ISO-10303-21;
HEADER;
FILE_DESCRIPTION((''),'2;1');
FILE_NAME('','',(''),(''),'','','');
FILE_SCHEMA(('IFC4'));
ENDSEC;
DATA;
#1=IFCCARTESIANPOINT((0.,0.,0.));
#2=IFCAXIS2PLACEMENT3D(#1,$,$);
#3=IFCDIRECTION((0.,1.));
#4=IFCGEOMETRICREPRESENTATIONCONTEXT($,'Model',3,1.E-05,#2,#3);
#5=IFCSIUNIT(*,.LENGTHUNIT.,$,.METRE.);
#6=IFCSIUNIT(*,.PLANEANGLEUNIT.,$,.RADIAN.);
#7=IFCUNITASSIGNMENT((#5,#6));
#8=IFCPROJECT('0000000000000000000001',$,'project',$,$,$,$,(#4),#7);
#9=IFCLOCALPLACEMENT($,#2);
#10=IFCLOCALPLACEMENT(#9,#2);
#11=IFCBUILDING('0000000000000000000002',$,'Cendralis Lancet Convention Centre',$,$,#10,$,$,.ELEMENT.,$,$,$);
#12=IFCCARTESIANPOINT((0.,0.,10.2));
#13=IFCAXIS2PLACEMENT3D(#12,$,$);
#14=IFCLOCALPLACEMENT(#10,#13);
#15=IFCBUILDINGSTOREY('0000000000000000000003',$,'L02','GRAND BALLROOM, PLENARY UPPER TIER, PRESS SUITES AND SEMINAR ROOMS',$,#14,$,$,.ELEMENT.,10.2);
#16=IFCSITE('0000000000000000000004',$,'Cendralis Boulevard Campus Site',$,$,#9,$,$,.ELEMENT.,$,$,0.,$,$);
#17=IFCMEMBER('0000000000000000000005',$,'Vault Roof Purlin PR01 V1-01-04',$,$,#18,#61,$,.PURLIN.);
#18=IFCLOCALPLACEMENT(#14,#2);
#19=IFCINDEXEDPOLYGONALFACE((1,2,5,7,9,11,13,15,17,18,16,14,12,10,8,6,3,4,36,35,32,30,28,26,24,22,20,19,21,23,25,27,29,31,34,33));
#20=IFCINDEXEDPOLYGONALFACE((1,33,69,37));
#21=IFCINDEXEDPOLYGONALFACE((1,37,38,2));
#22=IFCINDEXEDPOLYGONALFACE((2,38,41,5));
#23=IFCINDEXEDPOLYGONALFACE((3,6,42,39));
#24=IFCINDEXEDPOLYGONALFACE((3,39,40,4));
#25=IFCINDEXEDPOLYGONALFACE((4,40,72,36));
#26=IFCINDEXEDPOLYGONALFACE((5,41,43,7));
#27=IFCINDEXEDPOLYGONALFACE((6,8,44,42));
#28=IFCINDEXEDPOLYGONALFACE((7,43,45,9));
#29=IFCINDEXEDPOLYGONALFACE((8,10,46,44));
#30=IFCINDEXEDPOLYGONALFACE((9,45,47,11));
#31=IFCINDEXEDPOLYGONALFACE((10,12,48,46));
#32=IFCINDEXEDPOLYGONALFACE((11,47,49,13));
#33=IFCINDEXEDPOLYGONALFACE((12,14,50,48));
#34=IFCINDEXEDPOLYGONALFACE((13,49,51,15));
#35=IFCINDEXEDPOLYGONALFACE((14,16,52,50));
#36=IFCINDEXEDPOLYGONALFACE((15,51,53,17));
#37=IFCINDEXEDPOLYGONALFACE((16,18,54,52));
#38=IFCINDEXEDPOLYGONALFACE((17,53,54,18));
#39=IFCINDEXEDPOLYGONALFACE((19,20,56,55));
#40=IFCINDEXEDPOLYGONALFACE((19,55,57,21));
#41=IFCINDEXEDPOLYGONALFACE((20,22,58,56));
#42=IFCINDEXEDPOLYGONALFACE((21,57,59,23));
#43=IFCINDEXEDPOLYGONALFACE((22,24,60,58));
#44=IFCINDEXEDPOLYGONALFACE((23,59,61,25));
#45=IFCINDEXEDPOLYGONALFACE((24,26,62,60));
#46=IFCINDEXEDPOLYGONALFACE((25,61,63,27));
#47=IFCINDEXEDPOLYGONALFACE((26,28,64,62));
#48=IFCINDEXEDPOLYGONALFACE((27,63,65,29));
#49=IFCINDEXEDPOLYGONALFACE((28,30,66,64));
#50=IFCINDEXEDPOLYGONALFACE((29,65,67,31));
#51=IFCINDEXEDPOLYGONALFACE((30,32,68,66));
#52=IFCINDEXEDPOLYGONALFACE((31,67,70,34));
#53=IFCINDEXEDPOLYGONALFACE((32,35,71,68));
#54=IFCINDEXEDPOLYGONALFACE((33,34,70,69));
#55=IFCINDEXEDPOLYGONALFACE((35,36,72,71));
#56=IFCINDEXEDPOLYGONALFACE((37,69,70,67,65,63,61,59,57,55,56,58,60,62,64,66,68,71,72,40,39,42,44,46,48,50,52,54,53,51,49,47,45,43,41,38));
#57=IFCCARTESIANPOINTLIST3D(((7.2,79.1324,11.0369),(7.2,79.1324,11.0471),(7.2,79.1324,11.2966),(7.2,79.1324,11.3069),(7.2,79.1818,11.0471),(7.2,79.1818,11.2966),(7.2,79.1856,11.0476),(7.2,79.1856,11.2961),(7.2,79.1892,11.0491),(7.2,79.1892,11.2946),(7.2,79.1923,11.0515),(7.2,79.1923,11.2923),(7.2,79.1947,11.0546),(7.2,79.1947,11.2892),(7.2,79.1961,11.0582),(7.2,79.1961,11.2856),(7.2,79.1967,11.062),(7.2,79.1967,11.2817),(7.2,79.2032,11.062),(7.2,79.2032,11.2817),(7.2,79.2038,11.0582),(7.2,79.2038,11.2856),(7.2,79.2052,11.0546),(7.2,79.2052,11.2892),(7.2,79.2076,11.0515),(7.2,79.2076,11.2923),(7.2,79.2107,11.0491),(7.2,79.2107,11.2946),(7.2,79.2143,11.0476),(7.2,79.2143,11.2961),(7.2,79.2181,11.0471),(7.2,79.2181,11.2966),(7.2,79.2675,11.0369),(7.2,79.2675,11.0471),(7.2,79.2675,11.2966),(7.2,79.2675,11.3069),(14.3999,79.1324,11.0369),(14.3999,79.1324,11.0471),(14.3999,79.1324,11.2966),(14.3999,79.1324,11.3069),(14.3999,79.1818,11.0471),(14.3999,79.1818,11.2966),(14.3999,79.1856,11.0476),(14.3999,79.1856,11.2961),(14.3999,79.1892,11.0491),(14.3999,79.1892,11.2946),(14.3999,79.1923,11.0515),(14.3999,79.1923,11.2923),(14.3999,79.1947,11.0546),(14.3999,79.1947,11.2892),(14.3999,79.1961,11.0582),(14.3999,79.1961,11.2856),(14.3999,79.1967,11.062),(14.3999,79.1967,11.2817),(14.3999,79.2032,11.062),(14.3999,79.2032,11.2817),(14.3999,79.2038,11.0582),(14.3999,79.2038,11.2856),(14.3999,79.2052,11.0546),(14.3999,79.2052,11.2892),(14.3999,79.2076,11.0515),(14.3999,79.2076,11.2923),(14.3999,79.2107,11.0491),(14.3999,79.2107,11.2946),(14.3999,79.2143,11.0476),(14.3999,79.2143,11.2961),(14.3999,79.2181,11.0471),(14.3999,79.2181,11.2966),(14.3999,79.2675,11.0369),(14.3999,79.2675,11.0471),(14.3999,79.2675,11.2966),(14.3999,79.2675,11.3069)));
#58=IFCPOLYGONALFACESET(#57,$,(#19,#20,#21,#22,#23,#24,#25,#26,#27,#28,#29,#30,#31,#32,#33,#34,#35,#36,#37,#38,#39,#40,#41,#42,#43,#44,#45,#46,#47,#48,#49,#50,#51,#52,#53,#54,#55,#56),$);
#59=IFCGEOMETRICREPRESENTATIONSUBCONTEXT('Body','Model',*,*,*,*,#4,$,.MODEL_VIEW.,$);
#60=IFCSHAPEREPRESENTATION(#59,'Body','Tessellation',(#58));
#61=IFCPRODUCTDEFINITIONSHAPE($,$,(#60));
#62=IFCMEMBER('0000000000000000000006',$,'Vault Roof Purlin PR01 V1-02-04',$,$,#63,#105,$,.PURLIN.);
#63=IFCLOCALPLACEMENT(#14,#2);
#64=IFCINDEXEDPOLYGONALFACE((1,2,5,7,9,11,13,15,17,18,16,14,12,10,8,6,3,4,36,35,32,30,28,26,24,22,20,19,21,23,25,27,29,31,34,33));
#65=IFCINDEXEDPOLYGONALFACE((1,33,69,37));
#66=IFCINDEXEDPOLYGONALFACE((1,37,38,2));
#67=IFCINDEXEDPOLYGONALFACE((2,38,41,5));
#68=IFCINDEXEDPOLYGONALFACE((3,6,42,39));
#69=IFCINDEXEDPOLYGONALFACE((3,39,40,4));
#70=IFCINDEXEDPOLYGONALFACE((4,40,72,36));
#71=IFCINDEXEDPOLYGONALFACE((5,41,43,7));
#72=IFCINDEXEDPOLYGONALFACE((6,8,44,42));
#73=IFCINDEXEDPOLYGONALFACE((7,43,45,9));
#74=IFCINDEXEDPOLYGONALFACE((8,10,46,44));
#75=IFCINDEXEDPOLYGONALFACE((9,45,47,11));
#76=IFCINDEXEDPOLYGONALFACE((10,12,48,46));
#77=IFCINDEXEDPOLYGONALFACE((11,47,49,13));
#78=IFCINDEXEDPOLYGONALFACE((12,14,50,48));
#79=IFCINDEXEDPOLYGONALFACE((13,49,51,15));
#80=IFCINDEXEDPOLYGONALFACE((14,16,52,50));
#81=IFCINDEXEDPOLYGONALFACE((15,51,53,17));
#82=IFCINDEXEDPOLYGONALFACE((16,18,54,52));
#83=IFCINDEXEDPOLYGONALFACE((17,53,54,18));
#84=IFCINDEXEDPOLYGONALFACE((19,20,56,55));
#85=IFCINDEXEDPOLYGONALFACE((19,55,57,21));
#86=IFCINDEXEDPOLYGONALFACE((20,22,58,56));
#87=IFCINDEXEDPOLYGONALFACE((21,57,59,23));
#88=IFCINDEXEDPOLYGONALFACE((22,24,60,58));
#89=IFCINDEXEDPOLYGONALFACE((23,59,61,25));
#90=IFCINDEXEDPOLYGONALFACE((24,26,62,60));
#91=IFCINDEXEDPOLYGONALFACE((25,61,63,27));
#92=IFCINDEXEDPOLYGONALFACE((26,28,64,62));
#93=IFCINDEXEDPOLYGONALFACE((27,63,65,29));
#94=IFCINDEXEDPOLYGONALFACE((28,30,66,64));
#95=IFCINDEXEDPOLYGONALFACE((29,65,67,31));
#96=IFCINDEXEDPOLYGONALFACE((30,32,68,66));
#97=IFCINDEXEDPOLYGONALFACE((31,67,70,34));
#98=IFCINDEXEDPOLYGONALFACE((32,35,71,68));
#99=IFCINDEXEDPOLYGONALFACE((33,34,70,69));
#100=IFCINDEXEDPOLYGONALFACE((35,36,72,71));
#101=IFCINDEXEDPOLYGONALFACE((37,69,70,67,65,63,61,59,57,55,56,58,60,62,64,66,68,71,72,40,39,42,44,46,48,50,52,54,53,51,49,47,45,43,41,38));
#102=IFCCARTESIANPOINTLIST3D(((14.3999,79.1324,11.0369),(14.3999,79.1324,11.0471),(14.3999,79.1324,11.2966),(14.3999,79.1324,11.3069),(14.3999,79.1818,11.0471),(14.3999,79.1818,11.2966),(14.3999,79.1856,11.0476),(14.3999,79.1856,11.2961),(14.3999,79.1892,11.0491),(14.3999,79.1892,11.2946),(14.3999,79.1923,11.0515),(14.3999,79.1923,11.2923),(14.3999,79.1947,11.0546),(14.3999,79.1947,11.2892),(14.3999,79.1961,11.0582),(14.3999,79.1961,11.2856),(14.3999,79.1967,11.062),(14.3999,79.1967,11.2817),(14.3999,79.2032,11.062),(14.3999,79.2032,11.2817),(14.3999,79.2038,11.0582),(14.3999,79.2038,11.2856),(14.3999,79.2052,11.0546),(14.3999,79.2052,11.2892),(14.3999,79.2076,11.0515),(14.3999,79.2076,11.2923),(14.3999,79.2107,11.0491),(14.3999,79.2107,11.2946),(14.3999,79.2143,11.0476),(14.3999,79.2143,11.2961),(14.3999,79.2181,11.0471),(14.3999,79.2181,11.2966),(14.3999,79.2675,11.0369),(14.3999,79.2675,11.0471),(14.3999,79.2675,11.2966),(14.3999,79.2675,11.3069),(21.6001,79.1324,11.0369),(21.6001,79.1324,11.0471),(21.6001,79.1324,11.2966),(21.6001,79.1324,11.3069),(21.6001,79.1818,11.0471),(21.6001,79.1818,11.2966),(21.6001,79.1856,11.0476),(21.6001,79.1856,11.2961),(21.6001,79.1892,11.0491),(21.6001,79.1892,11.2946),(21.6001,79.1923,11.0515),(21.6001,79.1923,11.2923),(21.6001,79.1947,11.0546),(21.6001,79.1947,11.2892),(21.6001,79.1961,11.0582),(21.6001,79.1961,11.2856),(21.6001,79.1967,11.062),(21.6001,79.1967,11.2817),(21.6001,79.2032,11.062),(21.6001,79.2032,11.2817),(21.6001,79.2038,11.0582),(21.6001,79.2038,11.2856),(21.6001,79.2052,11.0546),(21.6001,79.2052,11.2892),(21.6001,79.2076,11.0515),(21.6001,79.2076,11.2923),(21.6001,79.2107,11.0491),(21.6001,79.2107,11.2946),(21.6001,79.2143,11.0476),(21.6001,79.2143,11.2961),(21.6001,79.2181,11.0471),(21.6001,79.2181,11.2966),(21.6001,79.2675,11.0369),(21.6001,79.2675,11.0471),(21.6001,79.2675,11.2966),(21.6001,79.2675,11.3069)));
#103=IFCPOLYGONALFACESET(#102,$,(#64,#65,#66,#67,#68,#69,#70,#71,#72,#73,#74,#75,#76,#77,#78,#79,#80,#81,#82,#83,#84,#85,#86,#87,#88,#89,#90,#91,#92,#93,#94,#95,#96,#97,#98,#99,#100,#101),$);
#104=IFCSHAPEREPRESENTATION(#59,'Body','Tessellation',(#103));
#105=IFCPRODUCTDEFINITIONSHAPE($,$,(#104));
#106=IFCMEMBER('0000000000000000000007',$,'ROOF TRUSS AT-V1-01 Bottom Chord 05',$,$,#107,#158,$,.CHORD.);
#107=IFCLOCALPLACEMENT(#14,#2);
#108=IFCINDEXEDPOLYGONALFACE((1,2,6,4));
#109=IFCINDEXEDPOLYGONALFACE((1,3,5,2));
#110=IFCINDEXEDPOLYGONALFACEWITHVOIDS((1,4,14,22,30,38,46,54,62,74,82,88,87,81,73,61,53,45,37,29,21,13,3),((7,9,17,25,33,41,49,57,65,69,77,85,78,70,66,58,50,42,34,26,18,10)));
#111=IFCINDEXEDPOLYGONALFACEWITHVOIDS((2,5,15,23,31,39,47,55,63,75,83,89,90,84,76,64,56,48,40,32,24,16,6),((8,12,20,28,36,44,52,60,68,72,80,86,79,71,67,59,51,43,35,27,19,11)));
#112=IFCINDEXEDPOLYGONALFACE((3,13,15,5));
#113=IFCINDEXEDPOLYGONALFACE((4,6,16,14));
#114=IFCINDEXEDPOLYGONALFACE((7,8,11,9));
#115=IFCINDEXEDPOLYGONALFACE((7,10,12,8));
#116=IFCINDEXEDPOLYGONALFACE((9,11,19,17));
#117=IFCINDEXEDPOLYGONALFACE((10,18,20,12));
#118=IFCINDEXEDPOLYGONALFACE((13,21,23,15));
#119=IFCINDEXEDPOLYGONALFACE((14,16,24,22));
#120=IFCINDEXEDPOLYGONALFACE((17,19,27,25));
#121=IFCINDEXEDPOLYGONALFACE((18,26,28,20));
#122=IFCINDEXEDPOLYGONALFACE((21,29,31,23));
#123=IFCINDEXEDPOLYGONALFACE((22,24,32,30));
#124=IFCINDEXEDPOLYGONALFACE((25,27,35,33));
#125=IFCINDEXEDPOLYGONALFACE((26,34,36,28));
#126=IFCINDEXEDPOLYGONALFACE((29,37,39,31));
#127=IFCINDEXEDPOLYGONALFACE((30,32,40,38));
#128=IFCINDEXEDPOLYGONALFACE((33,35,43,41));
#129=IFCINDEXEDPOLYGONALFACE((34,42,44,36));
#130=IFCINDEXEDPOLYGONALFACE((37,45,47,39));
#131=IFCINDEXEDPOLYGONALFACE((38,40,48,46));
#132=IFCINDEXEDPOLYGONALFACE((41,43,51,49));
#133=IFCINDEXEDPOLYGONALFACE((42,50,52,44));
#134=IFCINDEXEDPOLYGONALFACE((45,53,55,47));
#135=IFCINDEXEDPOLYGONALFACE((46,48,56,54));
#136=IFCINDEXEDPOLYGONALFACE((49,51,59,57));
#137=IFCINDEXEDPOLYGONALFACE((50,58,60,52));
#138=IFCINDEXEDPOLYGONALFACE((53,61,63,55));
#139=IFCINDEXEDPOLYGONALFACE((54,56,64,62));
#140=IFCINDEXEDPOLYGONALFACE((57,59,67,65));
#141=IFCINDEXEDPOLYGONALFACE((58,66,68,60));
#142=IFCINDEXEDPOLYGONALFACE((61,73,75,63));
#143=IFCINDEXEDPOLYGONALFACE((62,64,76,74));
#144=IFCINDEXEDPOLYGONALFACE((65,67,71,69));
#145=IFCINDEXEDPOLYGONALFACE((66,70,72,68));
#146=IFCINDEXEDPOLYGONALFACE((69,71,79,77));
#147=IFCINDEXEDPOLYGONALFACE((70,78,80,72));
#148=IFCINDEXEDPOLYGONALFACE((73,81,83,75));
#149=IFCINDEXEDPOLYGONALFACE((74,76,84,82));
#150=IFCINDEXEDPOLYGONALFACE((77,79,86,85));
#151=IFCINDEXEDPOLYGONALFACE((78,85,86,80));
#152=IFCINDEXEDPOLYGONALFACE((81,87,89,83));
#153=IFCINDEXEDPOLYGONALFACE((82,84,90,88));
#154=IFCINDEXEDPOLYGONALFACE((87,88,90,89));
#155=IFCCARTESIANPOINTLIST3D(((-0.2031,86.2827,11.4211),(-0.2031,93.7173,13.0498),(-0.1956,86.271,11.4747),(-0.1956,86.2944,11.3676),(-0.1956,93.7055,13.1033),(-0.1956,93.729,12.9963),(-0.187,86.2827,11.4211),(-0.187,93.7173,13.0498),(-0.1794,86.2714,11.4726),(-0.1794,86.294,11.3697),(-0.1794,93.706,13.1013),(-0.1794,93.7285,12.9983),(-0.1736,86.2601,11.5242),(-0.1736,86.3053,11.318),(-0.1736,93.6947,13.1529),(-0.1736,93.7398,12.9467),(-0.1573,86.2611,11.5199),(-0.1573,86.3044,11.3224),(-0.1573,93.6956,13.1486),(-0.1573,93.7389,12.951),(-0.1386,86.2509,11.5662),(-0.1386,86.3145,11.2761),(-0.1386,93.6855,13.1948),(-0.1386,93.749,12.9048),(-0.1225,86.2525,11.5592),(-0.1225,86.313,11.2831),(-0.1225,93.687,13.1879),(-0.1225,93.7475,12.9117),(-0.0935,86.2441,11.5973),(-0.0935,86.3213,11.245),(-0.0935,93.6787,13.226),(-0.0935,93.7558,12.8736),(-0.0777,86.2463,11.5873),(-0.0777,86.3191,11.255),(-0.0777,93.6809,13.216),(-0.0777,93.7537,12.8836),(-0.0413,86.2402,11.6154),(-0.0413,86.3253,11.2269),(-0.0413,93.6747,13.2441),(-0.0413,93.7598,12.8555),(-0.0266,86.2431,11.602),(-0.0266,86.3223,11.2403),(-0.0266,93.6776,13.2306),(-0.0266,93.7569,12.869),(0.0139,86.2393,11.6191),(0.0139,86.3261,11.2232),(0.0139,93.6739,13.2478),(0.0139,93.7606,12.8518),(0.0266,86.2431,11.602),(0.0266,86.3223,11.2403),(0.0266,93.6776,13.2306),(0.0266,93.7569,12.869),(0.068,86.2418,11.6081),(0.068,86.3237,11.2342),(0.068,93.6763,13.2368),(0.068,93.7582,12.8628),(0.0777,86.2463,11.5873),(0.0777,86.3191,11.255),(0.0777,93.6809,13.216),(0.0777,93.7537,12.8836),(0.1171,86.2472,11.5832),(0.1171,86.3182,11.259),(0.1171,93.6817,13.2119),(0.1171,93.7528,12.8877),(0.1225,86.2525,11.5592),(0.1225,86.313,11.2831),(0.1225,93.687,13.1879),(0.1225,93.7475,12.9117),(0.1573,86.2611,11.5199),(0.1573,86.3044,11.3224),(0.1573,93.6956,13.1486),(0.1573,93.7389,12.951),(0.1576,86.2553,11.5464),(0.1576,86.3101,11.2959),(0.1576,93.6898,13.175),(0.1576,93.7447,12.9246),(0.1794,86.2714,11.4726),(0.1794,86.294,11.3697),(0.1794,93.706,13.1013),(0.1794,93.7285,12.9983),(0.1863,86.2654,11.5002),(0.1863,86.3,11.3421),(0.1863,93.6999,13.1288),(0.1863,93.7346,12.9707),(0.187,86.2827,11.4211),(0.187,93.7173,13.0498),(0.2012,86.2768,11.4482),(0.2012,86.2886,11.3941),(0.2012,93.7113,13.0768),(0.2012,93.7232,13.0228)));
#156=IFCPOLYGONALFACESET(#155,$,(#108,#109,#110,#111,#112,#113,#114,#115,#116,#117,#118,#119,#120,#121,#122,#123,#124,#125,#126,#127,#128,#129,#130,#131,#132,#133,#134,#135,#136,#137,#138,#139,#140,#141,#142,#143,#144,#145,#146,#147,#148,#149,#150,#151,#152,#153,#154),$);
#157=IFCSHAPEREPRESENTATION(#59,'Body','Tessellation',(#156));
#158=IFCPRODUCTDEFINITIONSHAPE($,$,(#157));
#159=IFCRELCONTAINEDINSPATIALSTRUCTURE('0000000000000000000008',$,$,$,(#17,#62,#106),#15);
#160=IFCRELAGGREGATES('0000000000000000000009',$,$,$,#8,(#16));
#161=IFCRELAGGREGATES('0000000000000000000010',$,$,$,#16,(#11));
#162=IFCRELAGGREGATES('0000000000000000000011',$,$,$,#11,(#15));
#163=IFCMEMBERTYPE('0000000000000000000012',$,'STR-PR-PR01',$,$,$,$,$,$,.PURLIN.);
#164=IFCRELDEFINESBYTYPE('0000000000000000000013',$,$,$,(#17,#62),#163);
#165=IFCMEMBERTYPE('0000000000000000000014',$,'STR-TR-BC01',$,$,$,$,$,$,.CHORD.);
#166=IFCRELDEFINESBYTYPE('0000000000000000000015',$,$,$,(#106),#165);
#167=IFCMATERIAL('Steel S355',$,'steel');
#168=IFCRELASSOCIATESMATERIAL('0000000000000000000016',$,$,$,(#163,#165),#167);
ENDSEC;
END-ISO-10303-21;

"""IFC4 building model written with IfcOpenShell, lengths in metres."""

from ifc_helpers import new_model, si_unit, direction, frame, origin, origin_2d, place, context, subcontext, project, spatial, hollow_circle, i_section, extrude, material, material_profile, profile_set, type_object, element, save


model = new_model("IFC4")

# Units and contexts
model_context = context("Model", 3, precision=1e-05, world=origin(), true_north=direction((0.0, 1.0)))
body_context = subcontext(model_context, "Body", "Model", "MODEL_VIEW")
ifc_project = project(units=[si_unit("LENGTHUNIT", "METRE"), si_unit("PLANEANGLEUNIT", "RADIAN")], contexts=[model_context])

# Site, building, storey
site_placement = place(None, origin())
site = spatial("IfcSite", under=ifc_project, at=site_placement, Name="Cendralis Boulevard Campus Site", CompositionType="ELEMENT", RefElevation=0.0)
building_placement = place(site_placement, origin())
building = spatial("IfcBuilding", under=site, at=building_placement, Name="Cendralis Lancet Convention Centre", CompositionType="ELEMENT")
storey_placement = place(building_placement, frame((0.0, 0.0, 10.2)))
storey = spatial("IfcBuildingStorey", under=building, at=storey_placement, Name="L02", Description="GRAND BALLROOM, PLENARY UPPER TIER, PRESS SUITES AND SEMINAR ROOMS", CompositionType="ELEMENT", Elevation=10.2)

# Members
ifc_material = material(Name="Steel S355", Category="steel")
ifc_material_profile_1 = material_profile(ifc_material, i_section(OverallWidth=0.135, OverallDepth=0.27, WebThickness=0.0066, FlangeThickness=0.0103, FilletRadius=0.0149, at=origin_2d()), Name="IPE 270")
ifc_profile_set_1 = profile_set([ifc_material_profile_1], Name="Steel S355")
member_type_1 = type_object("IfcMemberType", Name="STR-PR-PR01", PredefinedType="PURLIN", material=ifc_profile_set_1)
for number, where, z_axis, x_axis, name in (
    (1, (7.2, 79.2, 11.1719), (1.0, 0.0, 0.0), (0.0, 1.0, 0.0), "Vault Roof Purlin PR01 V1-01-04"),
):
    element("IfcMember", number, at=place(storey_placement, frame(where, z_axis=z_axis, x_axis=x_axis)), inside=storey, type_object=member_type_1, Name=name, PredefinedType="PURLIN", context=body_context, shape_type="SweptSolid", body=[
        extrude(i_section(OverallWidth=0.135, OverallDepth=0.27, WebThickness=0.0066, FlangeThickness=0.0103, FilletRadius=0.0149, at=origin_2d()), origin(), (0.0, 0.0, 1.0), 7.2),
    ])
member_1_placement = place(storey_placement, frame((14.3999, 79.2, 11.1719), z_axis=(1.0, 0.0, 0.0), x_axis=(0.0, 1.0, 0.0)))
element("IfcMember", 2, at=member_1_placement, inside=storey, type_object=member_type_1, Name="Vault Roof Purlin PR01 V1-02-04", PredefinedType="PURLIN", context=body_context, shape_type="SweptSolid", body=[
    extrude(i_section(OverallWidth=0.135, OverallDepth=0.27, WebThickness=0.0066, FlangeThickness=0.0103, FilletRadius=0.0149, at=origin_2d()), origin(), (0.0, 0.0, 1.0), 7.2002),
])
ifc_material_profile_2 = material_profile(ifc_material, hollow_circle(Radius=0.2031, WallThickness=0.0161, at=origin_2d()), Name="CHS 406.4x16.0")
ifc_profile_set_2 = profile_set([ifc_material_profile_2], Name="Steel S355")
member_type_2 = type_object("IfcMemberType", Name="STR-TR-BC01", PredefinedType="CHORD", material=ifc_profile_set_2)
member_2_placement = place(storey_placement, frame((0.0, 86.2827, 11.4211), z_axis=(0.0, 0.976836, 0.213992), x_axis=(-1.0, 0.0, 0.0)))
element("IfcMember", 3, at=member_2_placement, inside=storey, type_object=member_type_2, Name="ROOF TRUSS AT-V1-01 Bottom Chord 05", PredefinedType="CHORD", context=body_context, shape_type="SweptSolid", body=[
    extrude(hollow_circle(Radius=0.2031, WallThickness=0.0161, at=origin_2d()), origin(), (0.0, 0.0, 1.0), 7.6108),
])

save(model, "model.ifc")
